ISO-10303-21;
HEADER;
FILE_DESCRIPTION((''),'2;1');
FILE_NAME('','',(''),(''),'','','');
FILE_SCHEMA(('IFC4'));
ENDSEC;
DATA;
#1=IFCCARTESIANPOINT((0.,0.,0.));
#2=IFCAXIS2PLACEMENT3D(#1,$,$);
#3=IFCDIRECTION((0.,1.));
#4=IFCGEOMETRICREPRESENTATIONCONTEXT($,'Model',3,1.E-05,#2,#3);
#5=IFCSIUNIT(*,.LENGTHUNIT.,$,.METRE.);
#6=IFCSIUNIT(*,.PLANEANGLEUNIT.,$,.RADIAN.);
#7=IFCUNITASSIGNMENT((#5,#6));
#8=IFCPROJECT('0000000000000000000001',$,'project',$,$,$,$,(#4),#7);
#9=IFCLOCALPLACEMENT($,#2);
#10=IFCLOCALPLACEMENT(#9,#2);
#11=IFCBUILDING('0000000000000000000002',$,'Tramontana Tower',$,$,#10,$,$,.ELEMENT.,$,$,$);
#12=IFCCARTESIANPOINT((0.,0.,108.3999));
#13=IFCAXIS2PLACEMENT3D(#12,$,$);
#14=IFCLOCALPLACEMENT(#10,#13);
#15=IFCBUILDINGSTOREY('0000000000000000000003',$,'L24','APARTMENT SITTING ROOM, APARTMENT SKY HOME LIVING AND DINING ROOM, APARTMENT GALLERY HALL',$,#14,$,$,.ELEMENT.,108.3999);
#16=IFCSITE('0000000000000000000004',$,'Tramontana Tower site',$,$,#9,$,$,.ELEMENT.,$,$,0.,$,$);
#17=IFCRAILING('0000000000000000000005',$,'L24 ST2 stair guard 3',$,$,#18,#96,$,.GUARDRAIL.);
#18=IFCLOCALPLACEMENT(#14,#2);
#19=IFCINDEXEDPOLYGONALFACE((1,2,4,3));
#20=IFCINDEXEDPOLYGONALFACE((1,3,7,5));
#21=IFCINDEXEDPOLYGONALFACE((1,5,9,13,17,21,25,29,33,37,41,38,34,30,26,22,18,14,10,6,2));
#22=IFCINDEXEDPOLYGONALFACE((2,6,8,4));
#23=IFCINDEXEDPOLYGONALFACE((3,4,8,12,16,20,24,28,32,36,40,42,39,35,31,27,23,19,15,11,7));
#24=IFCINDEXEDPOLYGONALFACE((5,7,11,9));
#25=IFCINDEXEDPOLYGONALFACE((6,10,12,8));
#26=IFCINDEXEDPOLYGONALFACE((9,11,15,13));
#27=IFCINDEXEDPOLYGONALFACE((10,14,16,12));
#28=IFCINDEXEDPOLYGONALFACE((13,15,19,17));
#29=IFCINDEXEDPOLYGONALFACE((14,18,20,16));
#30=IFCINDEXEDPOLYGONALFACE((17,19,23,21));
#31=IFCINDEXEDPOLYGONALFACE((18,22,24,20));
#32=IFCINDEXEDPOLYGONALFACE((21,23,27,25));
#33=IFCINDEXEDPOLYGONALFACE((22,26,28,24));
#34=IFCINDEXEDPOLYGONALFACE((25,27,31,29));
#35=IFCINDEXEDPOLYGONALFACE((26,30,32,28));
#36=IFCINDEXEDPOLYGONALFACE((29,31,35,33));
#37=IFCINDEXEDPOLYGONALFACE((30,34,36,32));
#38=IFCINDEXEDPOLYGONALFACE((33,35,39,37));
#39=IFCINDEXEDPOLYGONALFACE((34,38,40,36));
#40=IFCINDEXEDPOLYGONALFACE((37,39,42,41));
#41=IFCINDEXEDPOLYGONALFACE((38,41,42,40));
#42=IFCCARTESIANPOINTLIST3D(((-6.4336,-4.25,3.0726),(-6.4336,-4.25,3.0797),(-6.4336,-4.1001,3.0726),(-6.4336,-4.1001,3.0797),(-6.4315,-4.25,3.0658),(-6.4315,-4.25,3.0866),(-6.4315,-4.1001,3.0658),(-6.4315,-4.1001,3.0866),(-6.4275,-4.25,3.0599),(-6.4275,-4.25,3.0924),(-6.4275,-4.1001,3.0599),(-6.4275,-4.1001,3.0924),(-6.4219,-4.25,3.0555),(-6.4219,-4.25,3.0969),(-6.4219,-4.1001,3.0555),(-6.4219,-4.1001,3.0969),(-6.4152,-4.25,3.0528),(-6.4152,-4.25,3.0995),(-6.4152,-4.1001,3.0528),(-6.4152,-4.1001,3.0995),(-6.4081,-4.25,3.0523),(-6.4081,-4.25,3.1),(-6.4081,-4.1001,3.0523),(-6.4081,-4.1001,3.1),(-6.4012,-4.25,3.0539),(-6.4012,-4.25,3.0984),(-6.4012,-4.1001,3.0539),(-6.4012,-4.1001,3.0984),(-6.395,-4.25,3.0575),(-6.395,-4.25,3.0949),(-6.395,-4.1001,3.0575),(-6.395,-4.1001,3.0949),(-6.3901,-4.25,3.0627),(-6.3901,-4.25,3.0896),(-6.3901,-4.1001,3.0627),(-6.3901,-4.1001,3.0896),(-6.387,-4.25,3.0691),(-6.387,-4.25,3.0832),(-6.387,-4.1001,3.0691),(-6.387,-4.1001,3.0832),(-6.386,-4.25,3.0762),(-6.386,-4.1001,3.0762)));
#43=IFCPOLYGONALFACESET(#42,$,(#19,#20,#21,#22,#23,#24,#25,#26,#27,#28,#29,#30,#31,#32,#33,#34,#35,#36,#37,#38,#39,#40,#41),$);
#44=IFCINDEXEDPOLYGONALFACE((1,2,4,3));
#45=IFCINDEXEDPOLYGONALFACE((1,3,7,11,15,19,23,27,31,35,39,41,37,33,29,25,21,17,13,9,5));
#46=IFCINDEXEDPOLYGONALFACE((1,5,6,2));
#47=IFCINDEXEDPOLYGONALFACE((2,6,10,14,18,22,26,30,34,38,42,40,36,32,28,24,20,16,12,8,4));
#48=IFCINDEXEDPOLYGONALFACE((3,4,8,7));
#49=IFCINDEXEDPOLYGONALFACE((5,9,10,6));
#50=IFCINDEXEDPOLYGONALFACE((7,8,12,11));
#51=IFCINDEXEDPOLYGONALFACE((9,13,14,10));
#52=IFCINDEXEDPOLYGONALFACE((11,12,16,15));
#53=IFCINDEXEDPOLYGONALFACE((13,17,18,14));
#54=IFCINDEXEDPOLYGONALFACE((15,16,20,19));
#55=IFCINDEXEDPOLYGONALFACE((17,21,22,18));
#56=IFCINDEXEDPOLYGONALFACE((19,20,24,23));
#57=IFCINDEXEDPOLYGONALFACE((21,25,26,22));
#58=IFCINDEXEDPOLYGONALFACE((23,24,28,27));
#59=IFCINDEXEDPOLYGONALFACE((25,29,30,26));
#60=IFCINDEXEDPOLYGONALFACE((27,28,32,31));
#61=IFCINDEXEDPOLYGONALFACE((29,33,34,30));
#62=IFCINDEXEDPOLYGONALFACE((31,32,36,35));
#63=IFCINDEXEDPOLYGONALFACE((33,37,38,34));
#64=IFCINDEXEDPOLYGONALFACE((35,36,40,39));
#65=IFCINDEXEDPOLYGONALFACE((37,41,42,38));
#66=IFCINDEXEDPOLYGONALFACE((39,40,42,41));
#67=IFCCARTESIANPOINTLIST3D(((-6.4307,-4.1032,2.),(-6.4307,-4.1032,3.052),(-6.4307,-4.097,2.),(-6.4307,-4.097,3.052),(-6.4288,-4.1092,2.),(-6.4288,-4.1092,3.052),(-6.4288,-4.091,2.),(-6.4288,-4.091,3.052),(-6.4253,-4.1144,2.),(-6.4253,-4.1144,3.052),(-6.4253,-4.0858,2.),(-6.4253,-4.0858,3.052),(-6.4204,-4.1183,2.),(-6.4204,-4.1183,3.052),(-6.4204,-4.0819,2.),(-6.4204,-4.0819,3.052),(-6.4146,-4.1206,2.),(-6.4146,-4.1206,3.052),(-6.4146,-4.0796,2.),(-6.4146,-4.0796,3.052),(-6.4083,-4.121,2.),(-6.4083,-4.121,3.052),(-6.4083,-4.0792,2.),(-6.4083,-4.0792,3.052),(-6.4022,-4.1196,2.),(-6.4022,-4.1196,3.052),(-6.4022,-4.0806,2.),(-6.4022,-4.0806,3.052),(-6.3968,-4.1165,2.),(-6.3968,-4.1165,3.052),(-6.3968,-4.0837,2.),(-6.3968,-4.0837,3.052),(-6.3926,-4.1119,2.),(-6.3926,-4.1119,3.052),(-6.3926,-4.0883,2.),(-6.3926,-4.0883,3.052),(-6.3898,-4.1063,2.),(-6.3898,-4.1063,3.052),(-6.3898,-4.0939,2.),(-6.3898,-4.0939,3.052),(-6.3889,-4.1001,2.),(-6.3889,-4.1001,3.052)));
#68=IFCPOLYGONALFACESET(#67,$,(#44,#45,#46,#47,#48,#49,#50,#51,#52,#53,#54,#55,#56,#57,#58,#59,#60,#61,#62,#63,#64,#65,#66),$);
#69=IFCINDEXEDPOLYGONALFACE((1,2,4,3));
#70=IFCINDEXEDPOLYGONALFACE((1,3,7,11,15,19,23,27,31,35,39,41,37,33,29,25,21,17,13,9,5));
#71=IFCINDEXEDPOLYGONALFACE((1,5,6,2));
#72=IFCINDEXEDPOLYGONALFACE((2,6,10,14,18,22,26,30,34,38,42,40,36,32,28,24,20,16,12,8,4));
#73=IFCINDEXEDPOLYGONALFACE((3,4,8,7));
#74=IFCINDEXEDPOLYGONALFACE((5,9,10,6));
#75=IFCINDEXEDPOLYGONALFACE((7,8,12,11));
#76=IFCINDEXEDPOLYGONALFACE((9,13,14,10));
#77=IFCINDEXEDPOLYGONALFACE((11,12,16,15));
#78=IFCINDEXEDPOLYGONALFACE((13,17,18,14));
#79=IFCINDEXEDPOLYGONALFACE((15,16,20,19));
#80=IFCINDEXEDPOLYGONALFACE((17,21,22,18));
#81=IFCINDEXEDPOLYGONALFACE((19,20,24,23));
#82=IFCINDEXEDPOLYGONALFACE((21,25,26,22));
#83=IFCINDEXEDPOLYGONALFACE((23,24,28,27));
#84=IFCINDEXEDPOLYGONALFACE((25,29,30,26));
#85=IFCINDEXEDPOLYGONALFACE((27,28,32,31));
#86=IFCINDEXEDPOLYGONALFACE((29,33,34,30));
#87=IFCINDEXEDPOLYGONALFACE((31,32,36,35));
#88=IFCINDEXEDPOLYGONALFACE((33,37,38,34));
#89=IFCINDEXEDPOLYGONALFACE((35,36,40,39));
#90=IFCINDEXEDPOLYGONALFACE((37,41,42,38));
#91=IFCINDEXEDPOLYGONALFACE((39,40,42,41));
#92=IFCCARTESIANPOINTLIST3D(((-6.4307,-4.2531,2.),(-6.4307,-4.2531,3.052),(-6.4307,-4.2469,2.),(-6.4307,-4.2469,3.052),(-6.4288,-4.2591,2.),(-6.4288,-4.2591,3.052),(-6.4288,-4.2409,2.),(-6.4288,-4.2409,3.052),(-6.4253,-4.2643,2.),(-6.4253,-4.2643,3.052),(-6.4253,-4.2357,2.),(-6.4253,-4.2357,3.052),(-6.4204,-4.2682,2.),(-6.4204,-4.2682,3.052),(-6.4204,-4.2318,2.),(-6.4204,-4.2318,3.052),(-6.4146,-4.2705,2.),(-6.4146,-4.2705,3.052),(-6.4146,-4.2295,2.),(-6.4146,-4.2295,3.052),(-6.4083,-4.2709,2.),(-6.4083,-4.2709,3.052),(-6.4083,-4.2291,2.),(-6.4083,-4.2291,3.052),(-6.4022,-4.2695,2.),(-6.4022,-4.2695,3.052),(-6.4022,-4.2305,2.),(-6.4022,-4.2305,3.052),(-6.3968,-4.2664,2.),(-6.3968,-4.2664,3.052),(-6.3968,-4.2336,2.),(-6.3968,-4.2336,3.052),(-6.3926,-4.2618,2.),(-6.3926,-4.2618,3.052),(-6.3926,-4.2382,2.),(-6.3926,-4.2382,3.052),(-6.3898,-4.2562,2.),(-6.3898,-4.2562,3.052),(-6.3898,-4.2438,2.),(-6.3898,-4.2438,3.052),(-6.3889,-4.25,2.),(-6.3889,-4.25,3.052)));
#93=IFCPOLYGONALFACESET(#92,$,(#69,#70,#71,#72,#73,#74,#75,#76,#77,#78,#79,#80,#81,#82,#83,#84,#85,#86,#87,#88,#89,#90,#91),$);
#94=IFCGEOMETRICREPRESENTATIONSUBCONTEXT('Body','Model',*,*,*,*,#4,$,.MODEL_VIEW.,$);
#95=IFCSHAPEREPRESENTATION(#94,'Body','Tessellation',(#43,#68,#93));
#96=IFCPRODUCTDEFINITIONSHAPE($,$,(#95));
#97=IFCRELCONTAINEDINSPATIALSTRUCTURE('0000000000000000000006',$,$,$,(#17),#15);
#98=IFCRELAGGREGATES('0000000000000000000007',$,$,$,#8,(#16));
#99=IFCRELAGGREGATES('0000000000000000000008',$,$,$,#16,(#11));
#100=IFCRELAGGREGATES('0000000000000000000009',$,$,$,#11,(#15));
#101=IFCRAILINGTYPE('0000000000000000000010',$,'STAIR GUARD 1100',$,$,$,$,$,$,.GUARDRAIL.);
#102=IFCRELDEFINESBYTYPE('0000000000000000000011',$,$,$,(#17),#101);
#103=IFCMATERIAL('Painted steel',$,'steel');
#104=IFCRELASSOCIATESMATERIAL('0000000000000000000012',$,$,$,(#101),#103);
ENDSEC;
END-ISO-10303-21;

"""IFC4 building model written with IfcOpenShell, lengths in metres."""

from ifc_helpers import new_model, si_unit, direction, frame, origin, origin_2d, place, context, subcontext, project, spatial, circle, extrude, material, type_object, element, save


model = new_model("IFC4")

# Units and contexts
model_context = context("Model", 3, precision=1e-05, world=origin(), true_north=direction((0.0, 1.0)))
body_context = subcontext(model_context, "Body", "Model", "MODEL_VIEW")
ifc_project = project(units=[si_unit("LENGTHUNIT", "METRE"), si_unit("PLANEANGLEUNIT", "RADIAN")], contexts=[model_context])

# Site, building, storey
site_placement = place(None, origin())
site = spatial("IfcSite", under=ifc_project, at=site_placement, Name="Tramontana Tower site", CompositionType="ELEMENT", RefElevation=0.0)
building_placement = place(site_placement, origin())
building = spatial("IfcBuilding", under=site, at=building_placement, Name="Tramontana Tower", CompositionType="ELEMENT")
storey_placement = place(building_placement, frame((0.0, 0.0, 108.3999)))
storey = spatial("IfcBuildingStorey", under=building, at=storey_placement, Name="L24", Description="APARTMENT SITTING ROOM, APARTMENT SKY HOME LIVING AND DINING ROOM, APARTMENT GALLERY HALL", CompositionType="ELEMENT", Elevation=108.3999)

# Railing
ifc_material_1 = material(Name="Painted steel", Category="steel")
railing_type_1 = type_object("IfcRailingType", Name="STAIR GUARD 1100", PredefinedType="GUARDRAIL", material=ifc_material_1)
railing_1_placement = place(storey_placement, frame((-6.4099, -4.1001, 2.0)))
element("IfcRailing", 1, at=railing_1_placement, inside=storey, type_object=railing_type_1, Name="L24 ST2 stair guard 3", PredefinedType="GUARDRAIL", context=body_context, shape_type="SweptSolid", body=[
    extrude(circle(Radius=0.0239, at=origin_2d()), frame((0.0, 0.0, 1.0762), z_axis=(0.0, -1.0, 0.0), x_axis=(1.0, 0.0, 0.0)), (0.0, 0.0, 1.0), 0.1499),
    extrude(circle(Radius=0.021, at=origin_2d()), origin(), (0.0, 0.0, 1.0), 1.052),
    extrude(circle(Radius=0.021, at=origin_2d()), frame((0.0, -0.1499, 0.0)), (0.0, 0.0, 1.0), 1.052),
])

save(model, "model.ifc")
